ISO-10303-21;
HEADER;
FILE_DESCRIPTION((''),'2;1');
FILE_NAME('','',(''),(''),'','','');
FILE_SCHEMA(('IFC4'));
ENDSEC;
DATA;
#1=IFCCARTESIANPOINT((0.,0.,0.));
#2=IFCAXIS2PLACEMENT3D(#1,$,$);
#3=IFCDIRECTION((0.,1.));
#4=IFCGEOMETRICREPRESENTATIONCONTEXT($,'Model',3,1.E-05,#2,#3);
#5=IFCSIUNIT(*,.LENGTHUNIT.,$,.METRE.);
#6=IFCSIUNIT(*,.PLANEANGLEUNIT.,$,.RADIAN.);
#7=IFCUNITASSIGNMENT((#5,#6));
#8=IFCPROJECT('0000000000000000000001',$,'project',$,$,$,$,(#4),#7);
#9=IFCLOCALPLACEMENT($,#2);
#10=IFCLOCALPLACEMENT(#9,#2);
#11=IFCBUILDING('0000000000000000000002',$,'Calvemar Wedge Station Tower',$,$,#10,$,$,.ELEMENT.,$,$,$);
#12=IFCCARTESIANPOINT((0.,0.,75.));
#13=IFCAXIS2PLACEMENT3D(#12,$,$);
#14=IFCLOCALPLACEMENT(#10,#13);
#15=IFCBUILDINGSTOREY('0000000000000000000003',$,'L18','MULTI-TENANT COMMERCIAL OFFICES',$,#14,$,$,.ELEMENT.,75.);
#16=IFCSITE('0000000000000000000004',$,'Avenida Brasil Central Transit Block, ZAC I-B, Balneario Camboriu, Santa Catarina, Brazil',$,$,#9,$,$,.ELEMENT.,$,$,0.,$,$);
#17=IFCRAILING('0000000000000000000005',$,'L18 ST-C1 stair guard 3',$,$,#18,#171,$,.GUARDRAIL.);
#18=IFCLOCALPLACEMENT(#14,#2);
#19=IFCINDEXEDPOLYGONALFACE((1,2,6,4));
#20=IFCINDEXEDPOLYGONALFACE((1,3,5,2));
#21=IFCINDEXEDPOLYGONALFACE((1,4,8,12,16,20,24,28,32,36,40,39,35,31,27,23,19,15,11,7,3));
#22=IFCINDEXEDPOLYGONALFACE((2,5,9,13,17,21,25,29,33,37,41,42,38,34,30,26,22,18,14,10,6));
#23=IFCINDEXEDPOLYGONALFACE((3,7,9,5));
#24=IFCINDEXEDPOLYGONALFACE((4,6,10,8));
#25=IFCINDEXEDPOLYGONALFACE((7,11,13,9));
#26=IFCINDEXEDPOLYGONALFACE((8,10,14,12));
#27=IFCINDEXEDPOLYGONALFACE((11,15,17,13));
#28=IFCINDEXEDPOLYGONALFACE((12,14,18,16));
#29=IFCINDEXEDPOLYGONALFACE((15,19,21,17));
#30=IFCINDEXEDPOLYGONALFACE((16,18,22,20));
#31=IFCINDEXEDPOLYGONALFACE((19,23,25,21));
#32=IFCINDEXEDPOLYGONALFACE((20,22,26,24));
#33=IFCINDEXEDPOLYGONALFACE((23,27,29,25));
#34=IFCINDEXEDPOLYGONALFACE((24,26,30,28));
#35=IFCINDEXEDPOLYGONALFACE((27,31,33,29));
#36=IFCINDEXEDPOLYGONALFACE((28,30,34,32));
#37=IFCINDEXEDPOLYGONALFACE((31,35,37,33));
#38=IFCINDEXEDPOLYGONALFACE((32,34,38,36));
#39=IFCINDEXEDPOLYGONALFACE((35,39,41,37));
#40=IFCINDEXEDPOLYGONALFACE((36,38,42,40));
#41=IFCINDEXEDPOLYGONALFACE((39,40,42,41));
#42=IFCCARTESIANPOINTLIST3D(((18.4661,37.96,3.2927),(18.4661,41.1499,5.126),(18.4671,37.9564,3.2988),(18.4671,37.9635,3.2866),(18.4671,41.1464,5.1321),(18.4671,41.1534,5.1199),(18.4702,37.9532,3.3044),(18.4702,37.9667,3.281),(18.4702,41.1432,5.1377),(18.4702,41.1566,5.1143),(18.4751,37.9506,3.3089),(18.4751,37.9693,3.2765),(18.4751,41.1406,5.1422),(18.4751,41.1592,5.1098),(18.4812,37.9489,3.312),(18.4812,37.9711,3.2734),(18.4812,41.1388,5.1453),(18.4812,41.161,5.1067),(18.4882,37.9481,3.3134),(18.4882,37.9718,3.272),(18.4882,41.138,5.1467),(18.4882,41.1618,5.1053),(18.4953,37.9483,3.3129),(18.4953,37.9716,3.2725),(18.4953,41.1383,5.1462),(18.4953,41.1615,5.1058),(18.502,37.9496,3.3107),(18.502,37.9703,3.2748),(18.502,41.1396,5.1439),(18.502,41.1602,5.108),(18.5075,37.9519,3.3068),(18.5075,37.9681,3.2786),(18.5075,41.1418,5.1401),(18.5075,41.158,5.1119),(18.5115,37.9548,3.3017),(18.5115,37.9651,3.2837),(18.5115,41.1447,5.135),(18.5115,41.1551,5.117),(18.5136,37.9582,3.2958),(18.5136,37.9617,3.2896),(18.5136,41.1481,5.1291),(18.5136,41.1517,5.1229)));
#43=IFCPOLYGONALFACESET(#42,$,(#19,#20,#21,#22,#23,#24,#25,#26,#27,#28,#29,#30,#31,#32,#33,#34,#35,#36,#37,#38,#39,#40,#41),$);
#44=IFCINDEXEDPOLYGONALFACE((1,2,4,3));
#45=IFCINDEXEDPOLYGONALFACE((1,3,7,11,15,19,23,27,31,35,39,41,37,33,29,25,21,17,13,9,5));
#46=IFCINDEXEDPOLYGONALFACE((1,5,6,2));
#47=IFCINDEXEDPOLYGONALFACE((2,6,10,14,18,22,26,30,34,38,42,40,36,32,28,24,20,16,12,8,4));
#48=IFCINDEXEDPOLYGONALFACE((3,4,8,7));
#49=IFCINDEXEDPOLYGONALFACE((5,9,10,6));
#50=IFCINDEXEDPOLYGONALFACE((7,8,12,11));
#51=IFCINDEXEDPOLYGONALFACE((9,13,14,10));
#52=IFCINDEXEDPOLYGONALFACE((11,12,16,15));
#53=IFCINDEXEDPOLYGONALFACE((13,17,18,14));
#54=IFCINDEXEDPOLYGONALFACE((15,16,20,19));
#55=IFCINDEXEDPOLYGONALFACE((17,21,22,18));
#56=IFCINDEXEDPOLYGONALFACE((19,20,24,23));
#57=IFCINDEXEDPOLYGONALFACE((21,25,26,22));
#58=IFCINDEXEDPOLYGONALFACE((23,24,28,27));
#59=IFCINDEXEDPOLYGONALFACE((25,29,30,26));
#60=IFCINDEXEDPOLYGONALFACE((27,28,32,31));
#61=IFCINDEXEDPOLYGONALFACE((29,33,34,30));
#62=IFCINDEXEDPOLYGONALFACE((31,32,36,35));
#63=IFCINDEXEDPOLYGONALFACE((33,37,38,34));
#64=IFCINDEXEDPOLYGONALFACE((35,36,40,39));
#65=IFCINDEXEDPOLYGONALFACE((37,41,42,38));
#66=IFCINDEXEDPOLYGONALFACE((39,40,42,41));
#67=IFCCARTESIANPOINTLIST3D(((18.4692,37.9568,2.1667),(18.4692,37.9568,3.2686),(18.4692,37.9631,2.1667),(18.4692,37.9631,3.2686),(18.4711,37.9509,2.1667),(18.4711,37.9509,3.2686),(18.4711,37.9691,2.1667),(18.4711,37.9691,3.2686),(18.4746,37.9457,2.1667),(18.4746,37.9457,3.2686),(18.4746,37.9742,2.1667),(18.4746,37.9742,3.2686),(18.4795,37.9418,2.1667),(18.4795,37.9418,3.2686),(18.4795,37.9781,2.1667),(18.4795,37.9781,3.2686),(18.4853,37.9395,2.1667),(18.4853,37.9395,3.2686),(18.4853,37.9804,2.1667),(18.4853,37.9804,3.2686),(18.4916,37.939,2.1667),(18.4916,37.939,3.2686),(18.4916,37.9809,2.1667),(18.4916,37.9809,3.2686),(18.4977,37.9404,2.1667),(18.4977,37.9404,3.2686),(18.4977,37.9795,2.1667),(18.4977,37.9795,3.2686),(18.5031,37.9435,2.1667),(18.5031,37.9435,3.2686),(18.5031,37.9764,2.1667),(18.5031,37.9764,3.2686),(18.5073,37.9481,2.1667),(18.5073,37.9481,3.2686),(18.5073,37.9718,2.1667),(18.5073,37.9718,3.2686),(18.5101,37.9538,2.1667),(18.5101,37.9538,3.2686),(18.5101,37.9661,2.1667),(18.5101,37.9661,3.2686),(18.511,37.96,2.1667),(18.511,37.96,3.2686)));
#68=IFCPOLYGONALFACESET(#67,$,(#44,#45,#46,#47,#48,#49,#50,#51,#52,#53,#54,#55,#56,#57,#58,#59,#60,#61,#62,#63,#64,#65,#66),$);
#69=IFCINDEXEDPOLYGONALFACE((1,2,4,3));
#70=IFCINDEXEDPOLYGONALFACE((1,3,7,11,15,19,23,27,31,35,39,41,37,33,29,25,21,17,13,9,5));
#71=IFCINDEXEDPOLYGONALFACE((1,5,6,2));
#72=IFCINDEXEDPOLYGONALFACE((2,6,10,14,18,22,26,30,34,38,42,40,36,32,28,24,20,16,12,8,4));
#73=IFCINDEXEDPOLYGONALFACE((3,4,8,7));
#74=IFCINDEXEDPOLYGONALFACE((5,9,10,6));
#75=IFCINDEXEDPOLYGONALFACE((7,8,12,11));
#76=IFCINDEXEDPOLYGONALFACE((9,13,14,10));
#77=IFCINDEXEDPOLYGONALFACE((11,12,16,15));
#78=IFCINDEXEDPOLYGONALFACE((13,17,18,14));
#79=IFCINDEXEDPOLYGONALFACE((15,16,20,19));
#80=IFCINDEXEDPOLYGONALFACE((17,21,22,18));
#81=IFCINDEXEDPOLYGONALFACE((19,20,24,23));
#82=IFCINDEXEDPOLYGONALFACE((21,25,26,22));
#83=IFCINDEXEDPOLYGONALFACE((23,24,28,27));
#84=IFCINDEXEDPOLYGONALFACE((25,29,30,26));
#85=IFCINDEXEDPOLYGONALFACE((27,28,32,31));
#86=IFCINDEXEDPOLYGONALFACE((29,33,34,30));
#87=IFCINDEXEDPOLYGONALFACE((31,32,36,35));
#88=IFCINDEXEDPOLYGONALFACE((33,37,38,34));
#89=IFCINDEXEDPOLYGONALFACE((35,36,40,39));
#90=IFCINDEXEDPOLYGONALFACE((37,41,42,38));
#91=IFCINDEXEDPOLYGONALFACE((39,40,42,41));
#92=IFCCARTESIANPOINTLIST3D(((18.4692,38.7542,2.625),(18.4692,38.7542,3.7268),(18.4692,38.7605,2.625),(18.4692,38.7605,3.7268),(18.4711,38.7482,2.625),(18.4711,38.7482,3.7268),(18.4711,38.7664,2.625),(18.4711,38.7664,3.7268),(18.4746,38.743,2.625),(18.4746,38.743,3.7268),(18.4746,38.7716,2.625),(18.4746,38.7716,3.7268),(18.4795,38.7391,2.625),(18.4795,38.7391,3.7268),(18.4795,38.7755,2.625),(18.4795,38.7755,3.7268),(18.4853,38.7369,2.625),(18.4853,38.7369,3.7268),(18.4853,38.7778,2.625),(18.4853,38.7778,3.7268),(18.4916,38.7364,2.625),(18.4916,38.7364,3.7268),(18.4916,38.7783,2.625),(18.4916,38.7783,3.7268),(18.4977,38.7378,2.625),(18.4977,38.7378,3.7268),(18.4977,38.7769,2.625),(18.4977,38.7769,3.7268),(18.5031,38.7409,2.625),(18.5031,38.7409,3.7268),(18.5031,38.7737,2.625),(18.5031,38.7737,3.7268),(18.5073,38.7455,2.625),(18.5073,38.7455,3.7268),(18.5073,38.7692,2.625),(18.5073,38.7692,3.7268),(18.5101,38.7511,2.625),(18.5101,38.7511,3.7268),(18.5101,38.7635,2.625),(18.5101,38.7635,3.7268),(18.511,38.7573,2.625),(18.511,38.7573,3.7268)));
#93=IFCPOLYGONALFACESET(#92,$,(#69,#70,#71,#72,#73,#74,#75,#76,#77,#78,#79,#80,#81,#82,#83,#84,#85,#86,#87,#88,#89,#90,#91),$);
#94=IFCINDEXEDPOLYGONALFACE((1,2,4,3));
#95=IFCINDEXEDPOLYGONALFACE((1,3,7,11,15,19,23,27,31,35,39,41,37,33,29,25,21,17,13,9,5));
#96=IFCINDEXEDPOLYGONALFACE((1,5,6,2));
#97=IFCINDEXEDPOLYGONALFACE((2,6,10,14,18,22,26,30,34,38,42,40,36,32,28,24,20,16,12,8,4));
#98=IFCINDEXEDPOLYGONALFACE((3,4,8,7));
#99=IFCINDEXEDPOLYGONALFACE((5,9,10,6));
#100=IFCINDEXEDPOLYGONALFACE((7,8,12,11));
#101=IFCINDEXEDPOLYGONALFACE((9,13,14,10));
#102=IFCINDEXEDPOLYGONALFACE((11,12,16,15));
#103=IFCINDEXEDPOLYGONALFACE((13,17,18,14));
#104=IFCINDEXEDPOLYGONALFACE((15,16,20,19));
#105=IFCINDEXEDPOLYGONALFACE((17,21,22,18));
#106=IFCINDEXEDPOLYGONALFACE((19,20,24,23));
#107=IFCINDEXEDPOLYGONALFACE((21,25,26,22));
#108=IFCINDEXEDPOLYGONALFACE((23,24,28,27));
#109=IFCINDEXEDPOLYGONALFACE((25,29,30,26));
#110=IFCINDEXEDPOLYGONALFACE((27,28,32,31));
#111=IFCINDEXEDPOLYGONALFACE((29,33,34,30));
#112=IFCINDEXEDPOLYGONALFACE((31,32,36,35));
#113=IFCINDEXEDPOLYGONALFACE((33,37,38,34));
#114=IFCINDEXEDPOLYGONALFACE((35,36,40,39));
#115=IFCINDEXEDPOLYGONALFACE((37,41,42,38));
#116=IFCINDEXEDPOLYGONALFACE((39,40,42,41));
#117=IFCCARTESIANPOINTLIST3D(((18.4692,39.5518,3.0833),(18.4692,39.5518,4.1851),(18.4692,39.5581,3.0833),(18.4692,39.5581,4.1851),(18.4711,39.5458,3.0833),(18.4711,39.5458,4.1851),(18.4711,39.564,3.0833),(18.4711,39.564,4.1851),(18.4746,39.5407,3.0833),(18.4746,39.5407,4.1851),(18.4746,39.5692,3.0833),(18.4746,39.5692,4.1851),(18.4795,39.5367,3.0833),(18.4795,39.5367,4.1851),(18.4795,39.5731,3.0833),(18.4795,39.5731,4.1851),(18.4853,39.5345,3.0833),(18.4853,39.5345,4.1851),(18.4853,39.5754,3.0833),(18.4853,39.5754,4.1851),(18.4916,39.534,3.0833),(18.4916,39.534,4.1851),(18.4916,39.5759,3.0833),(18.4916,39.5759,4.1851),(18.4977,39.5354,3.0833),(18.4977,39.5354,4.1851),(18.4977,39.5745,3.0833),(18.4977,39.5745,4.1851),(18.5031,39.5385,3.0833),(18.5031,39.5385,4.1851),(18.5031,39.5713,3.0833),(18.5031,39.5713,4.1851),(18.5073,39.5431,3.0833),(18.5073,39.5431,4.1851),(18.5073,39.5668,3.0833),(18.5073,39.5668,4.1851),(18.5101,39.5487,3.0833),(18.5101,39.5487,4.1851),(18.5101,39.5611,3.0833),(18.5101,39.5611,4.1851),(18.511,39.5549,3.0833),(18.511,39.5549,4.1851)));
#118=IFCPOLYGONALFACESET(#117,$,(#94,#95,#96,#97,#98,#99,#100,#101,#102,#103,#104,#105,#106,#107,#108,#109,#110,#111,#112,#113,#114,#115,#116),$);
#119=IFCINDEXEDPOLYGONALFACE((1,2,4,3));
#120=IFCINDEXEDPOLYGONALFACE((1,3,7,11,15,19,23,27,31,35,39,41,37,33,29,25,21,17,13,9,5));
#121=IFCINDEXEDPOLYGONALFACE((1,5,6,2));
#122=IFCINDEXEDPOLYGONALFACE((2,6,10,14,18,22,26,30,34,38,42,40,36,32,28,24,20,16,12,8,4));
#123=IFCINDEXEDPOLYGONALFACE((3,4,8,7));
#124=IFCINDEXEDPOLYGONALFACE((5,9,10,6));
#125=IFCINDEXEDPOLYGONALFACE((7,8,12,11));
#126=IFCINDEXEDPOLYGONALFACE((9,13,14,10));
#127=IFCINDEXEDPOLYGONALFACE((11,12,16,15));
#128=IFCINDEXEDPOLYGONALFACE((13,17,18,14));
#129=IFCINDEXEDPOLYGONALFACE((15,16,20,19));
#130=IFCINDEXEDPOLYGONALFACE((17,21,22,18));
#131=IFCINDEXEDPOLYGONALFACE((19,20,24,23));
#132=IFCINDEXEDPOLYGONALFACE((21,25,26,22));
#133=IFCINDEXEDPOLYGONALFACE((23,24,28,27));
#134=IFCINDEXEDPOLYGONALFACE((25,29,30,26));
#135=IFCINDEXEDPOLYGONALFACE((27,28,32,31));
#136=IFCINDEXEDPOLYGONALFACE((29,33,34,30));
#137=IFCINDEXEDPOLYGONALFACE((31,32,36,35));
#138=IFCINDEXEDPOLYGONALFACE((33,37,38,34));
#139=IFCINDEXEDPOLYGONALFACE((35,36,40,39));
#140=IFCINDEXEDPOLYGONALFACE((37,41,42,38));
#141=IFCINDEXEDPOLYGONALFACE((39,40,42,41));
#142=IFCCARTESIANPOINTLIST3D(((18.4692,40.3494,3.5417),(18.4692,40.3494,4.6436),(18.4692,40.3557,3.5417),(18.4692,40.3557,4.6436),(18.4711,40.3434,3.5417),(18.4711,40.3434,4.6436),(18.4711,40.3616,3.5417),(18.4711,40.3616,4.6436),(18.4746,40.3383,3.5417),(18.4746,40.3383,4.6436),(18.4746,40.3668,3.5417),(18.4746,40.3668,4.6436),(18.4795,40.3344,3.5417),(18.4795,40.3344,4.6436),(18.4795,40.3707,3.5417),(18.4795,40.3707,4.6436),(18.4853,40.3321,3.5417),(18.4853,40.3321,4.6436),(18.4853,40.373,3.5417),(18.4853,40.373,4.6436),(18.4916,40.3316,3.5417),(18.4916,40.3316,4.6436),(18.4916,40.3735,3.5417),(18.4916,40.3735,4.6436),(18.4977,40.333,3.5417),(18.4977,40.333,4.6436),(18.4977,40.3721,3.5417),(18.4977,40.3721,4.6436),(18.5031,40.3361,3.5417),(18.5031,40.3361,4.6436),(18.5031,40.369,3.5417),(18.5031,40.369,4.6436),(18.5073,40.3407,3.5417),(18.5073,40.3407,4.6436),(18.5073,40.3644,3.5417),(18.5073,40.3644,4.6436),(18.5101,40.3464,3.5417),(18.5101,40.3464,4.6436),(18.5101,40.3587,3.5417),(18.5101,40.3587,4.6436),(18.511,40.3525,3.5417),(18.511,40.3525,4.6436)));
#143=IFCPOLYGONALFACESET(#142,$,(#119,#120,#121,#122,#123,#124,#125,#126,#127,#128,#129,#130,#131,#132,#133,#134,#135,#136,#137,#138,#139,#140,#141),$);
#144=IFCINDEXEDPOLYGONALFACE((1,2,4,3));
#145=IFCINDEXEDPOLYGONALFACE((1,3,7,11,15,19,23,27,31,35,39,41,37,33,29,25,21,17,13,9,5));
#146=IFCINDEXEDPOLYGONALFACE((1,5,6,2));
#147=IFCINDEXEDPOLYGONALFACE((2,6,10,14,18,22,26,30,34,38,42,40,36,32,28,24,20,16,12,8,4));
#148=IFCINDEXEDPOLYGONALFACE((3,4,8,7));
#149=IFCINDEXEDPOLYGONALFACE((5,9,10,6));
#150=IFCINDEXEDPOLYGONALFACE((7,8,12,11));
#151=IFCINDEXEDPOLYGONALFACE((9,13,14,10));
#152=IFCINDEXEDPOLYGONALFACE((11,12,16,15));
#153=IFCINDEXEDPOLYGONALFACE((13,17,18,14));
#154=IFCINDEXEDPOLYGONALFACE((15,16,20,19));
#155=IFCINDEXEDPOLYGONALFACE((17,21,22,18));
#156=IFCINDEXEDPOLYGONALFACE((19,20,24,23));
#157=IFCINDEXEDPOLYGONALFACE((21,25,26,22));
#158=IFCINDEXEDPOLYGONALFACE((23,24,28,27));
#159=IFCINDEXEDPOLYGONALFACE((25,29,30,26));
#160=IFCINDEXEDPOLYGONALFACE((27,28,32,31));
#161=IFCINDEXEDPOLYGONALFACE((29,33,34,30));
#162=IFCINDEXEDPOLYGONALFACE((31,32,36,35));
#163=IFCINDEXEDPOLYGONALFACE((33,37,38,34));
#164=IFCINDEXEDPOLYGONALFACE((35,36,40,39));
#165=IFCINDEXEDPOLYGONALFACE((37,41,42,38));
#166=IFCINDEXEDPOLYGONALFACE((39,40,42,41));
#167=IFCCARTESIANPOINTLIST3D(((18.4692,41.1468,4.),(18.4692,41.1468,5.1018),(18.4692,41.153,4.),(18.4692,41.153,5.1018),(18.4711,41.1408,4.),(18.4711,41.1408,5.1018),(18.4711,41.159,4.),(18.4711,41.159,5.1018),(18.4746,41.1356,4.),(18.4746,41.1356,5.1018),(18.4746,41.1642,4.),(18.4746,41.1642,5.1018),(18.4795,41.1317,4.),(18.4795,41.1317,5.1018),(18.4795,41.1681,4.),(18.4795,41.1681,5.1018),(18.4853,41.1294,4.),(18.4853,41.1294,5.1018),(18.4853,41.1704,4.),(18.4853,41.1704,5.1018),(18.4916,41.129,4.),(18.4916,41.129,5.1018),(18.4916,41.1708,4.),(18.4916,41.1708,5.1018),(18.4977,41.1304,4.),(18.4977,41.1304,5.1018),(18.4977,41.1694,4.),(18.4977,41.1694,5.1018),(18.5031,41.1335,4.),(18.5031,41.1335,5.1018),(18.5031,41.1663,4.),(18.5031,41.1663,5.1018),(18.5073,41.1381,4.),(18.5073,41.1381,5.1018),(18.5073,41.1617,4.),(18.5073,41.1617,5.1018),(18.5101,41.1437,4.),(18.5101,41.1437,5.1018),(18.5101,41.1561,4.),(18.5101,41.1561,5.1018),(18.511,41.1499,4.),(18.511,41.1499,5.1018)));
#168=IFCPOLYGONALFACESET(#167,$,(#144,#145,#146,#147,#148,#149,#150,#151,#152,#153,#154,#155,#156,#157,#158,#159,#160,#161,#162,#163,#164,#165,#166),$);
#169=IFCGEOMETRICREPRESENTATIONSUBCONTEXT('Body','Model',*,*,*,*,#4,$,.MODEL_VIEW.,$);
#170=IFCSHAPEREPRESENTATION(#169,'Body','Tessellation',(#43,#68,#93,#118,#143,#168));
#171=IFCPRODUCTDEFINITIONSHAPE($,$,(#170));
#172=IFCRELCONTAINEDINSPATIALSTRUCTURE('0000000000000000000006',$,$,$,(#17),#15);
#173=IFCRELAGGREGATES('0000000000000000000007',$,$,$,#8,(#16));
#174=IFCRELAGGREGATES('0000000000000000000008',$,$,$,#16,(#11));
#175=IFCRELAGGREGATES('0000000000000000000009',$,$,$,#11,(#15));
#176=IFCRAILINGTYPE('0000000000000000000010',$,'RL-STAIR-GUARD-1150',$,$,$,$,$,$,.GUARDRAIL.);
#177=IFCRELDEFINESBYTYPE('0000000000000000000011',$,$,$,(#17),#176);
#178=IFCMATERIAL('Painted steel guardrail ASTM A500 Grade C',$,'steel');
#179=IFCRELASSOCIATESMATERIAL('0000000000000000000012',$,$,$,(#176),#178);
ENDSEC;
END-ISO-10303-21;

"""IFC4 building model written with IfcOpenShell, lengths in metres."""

from ifc_helpers import new_model, si_unit, direction, frame, origin, origin_2d, place, context, subcontext, project, spatial, circle, extrude, material, type_object, element, save


model = new_model("IFC4")

# Units and contexts
model_context = context("Model", 3, precision=1e-05, world=origin(), true_north=direction((0.0, 1.0)))
body_context = subcontext(model_context, "Body", "Model", "MODEL_VIEW")
ifc_project = project(units=[si_unit("LENGTHUNIT", "METRE"), si_unit("PLANEANGLEUNIT", "RADIAN")], contexts=[model_context])

# Site, building, storey
site_placement = place(None, origin())
site = spatial("IfcSite", under=ifc_project, at=site_placement, Name="Avenida Brasil Central Transit Block, ZAC I-B, Balneario Camboriu, Santa Catarina, Brazil", CompositionType="ELEMENT", RefElevation=0.0)
building_placement = place(site_placement, origin())
building = spatial("IfcBuilding", under=site, at=building_placement, Name="Calvemar Wedge Station Tower", CompositionType="ELEMENT")
storey_placement = place(building_placement, frame((0.0, 0.0, 75.0)))
storey = spatial("IfcBuildingStorey", under=building, at=storey_placement, Name="L18", Description="MULTI-TENANT COMMERCIAL OFFICES", CompositionType="ELEMENT", Elevation=75.0)

# Railing
ifc_material_1 = material(Name="Painted steel guardrail ASTM A500 Grade C", Category="steel")
railing_type_1 = type_object("IfcRailingType", Name="RL-STAIR-GUARD-1150", PredefinedType="GUARDRAIL", material=ifc_material_1)
railing_1_placement = place(storey_placement, frame((18.49, 37.96, 2.1667)))
element("IfcRailing", 1, at=railing_1_placement, inside=storey, type_object=railing_type_1, Name="L18 ST-C1 stair guard 3", PredefinedType="GUARDRAIL", context=body_context, shape_type="SweptSolid", body=[
    extrude(circle(Radius=0.0239, at=origin_2d()), frame((0.0, 0.0, 1.126), z_axis=(0.0, 0.86702, 0.498274), x_axis=(-1.0, 0.0, 0.0)), (0.0, 0.0, 1.0), 3.6792),
    extrude(circle(Radius=0.021, at=origin_2d()), origin(), (0.0, 0.0, 1.0), 1.1018),
    extrude(circle(Radius=0.021, at=origin_2d()), frame((0.0, 0.7974, 0.4583)), (0.0, 0.0, 1.0), 1.1018),
    extrude(circle(Radius=0.021, at=origin_2d()), frame((0.0, 1.595, 0.9165)), (0.0, 0.0, 1.0), 1.1018),
    extrude(circle(Radius=0.021, at=origin_2d()), frame((0.0, 2.3926, 1.375)), (0.0, 0.0, 1.0), 1.1018),
    extrude(circle(Radius=0.021, at=origin_2d()), frame((0.0, 3.1899, 1.8333)), (0.0, 0.0, 1.0), 1.1018),
])

save(model, "model.ifc")
